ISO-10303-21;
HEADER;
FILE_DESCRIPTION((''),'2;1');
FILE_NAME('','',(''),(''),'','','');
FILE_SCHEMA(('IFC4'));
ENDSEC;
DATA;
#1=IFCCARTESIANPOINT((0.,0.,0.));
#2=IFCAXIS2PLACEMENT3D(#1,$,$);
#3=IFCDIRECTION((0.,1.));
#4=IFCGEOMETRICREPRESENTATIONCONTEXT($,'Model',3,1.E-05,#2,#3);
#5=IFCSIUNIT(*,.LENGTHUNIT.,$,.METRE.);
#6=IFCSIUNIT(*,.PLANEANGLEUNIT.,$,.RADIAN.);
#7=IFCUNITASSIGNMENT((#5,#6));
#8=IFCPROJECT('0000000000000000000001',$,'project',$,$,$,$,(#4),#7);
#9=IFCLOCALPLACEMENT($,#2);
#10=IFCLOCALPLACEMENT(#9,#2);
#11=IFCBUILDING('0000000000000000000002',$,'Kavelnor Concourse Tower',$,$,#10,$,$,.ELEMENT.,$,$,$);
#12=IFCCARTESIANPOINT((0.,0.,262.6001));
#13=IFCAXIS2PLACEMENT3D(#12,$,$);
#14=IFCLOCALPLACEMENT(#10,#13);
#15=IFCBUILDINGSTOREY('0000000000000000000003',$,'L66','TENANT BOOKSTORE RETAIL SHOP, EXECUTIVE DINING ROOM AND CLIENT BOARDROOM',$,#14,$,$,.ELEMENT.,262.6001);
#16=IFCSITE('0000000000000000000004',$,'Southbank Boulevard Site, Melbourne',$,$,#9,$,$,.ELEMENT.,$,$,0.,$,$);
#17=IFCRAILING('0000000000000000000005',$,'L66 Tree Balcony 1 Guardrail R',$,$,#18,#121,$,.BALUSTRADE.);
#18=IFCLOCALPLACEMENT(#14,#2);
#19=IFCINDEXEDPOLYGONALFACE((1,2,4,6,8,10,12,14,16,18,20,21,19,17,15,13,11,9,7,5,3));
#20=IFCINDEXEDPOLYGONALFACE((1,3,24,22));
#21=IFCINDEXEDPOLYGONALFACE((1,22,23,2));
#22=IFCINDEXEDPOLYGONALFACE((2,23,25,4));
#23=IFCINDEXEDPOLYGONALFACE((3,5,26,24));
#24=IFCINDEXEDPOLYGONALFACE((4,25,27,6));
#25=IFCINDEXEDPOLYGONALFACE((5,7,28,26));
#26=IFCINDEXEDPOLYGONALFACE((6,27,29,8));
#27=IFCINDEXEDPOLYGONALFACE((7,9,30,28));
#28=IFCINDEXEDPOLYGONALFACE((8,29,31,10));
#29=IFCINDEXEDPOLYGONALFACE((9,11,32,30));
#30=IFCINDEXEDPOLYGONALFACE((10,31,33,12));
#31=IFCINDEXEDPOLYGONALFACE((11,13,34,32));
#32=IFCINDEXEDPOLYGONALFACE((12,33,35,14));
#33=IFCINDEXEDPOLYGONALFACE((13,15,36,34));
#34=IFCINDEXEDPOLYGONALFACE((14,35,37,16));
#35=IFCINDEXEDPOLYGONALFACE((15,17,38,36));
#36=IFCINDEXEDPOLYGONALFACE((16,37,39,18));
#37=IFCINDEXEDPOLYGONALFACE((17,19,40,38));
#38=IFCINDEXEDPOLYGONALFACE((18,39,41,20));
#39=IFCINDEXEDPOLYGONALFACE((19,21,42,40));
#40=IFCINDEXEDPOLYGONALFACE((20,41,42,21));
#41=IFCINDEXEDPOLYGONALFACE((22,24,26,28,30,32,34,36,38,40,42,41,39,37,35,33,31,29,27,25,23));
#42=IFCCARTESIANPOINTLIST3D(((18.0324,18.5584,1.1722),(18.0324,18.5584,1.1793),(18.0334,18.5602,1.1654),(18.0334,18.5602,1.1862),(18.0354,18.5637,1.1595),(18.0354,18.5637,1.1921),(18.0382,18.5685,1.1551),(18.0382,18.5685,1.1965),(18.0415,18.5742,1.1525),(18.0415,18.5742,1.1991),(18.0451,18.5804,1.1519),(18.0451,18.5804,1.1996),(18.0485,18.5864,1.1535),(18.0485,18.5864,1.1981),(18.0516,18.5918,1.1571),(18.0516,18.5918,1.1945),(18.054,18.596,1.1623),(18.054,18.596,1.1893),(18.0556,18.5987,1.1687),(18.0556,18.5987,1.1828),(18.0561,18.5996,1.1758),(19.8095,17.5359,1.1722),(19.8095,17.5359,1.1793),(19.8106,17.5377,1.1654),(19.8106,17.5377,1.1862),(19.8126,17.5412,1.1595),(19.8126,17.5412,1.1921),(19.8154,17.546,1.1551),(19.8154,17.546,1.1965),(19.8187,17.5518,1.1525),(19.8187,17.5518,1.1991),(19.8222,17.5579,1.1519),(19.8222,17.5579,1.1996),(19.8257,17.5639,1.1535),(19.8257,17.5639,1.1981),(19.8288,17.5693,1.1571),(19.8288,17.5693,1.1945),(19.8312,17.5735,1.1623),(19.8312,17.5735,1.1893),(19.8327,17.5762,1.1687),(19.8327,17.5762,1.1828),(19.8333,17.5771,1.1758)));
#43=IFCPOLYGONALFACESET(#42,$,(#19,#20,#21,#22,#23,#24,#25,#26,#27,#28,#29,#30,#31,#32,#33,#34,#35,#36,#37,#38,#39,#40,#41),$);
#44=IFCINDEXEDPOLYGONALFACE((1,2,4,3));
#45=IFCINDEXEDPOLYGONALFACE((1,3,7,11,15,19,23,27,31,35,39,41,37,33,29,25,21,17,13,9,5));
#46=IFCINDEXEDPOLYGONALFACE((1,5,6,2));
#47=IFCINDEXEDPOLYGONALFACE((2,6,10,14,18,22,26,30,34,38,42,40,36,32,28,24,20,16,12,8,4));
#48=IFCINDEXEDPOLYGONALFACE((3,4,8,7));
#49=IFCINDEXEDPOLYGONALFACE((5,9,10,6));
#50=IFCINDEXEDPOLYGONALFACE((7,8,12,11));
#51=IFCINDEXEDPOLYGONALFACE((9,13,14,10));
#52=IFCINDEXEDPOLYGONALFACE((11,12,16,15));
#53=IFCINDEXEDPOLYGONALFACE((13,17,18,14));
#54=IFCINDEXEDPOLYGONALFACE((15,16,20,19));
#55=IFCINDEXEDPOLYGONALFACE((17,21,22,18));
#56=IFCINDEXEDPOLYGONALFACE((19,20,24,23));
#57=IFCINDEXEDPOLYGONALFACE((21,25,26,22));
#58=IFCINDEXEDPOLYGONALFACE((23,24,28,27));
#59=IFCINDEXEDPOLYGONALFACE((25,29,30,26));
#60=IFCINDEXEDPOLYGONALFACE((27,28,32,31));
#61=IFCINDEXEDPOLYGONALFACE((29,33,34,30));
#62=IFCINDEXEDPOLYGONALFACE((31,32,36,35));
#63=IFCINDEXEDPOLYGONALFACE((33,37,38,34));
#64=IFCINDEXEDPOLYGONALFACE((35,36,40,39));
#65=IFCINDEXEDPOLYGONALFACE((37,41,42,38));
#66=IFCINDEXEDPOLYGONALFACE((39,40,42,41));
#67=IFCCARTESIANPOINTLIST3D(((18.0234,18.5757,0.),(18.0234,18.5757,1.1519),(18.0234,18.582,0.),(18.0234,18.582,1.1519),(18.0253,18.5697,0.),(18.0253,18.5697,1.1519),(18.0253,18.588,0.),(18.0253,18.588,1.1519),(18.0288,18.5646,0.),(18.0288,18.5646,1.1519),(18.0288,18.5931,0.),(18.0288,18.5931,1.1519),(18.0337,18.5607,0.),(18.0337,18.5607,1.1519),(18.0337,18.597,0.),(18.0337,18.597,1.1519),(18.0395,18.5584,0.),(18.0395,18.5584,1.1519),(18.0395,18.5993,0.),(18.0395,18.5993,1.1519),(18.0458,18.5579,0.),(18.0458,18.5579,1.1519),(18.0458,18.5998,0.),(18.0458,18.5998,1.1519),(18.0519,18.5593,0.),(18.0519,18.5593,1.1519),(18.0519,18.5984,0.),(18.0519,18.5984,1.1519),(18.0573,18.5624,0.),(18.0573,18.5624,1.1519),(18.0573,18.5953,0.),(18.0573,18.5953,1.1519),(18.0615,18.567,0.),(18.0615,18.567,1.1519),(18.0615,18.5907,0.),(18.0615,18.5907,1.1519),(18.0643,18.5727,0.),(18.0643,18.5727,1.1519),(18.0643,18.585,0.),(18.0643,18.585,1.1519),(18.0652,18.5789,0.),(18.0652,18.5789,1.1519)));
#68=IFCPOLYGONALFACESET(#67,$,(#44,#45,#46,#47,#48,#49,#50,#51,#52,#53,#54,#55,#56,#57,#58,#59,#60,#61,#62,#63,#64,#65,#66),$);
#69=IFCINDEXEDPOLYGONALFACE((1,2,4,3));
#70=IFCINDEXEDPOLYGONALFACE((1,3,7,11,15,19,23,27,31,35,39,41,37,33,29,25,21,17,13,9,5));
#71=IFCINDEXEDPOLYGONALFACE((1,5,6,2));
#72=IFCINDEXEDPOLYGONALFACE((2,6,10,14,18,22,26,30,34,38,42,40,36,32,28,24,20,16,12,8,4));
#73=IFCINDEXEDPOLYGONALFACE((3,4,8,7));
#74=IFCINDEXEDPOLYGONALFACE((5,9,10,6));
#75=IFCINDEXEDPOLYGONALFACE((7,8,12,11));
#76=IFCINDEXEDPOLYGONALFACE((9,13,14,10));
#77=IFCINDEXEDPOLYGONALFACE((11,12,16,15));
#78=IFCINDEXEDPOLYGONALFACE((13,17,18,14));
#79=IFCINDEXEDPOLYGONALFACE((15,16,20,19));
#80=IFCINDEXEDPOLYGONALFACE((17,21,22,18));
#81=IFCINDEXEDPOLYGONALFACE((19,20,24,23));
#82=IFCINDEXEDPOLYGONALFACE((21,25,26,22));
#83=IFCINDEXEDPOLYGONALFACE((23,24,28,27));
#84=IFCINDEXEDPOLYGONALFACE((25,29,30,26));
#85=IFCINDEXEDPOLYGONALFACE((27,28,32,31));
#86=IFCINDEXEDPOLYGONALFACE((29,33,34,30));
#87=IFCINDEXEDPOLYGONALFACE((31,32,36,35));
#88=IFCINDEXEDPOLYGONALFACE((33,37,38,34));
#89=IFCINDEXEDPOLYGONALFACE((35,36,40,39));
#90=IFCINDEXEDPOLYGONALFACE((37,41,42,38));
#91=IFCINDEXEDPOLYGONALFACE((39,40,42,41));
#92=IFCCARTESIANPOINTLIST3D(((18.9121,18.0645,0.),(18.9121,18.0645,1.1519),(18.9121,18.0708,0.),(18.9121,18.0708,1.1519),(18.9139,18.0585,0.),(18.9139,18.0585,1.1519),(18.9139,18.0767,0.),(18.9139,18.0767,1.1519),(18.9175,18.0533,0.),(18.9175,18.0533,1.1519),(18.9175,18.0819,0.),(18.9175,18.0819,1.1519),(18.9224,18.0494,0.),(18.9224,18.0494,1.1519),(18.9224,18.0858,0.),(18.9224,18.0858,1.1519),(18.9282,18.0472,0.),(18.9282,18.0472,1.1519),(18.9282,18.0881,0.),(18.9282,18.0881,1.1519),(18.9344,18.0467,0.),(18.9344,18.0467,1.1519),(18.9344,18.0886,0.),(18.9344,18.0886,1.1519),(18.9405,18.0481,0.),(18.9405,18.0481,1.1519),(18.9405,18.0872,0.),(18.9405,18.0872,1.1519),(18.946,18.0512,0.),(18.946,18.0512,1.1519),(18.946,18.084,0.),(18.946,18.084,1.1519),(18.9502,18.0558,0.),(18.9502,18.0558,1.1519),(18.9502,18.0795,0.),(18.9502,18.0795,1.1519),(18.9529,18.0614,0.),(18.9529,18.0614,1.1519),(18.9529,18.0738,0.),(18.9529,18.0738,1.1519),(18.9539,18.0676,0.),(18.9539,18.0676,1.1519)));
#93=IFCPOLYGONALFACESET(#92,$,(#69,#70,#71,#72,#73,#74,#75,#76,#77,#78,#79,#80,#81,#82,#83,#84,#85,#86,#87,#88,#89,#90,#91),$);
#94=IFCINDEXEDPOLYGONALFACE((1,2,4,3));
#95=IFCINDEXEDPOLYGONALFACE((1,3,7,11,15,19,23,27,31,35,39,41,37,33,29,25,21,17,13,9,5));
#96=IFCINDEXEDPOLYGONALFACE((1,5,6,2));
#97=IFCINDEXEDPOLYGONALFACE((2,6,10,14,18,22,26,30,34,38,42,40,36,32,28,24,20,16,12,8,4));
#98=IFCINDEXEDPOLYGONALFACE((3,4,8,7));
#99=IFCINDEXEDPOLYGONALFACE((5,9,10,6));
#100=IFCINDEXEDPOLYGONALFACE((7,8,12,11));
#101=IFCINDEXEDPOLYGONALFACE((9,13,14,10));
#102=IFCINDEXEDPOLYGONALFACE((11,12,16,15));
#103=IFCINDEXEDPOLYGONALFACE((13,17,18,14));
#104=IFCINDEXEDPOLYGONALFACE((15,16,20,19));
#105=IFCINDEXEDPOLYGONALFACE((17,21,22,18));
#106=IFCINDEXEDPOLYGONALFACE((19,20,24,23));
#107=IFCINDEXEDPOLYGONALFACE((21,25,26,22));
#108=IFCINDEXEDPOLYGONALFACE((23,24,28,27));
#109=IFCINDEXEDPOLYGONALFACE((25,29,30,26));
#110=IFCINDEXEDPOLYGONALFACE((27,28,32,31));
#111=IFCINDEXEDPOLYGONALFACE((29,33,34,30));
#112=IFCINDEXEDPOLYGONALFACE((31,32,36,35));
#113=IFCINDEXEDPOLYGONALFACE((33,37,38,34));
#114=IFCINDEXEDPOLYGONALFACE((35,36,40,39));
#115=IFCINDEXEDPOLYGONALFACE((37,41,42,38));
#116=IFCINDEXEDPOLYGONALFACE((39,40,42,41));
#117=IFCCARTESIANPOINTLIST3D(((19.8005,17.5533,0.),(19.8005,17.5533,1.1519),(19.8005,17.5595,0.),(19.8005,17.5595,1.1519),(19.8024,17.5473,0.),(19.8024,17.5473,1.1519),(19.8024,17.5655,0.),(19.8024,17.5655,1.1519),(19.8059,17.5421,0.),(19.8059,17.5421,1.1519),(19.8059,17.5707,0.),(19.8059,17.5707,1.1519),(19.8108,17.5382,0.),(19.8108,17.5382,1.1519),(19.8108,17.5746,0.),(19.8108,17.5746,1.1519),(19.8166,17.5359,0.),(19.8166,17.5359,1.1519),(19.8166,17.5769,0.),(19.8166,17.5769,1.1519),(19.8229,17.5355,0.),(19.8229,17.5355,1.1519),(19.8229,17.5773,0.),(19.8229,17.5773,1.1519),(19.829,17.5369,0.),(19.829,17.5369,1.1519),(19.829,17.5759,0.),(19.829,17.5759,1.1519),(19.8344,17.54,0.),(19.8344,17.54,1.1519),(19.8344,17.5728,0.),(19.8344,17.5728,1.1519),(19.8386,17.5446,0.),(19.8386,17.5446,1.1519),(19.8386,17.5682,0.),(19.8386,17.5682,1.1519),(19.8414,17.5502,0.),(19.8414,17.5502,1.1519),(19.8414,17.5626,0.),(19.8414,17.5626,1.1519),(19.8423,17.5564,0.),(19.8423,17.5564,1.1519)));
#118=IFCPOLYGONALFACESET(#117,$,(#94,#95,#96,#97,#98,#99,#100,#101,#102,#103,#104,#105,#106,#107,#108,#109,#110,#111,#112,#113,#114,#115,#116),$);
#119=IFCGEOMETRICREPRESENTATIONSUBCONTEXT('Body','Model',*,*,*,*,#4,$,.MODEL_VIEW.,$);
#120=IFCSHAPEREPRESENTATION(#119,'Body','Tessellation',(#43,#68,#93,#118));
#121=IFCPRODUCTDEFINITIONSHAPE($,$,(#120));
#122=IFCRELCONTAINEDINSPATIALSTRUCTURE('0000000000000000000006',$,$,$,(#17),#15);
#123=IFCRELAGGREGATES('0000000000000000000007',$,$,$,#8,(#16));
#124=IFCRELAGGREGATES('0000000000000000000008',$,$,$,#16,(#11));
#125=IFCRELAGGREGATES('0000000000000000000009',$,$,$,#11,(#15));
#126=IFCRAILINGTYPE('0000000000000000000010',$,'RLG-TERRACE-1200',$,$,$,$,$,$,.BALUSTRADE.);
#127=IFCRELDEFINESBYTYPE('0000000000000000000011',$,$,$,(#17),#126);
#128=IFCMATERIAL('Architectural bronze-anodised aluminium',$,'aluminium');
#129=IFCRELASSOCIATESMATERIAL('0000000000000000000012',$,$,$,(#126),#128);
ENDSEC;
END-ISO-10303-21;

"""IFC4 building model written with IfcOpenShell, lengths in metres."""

from ifc_helpers import new_model, si_unit, direction, frame, origin, origin_2d, place, context, subcontext, project, spatial, circle, extrude, material, type_object, element, save


model = new_model("IFC4")

# Units and contexts
model_context = context("Model", 3, precision=1e-05, world=origin(), true_north=direction((0.0, 1.0)))
body_context = subcontext(model_context, "Body", "Model", "MODEL_VIEW")
ifc_project = project(units=[si_unit("LENGTHUNIT", "METRE"), si_unit("PLANEANGLEUNIT", "RADIAN")], contexts=[model_context])

# Site, building, storey
site_placement = place(None, origin())
site = spatial("IfcSite", under=ifc_project, at=site_placement, Name="Southbank Boulevard Site, Melbourne", CompositionType="ELEMENT", RefElevation=0.0)
building_placement = place(site_placement, origin())
building = spatial("IfcBuilding", under=site, at=building_placement, Name="Kavelnor Concourse Tower", CompositionType="ELEMENT")
storey_placement = place(building_placement, frame((0.0, 0.0, 262.6001)))
storey = spatial("IfcBuildingStorey", under=building, at=storey_placement, Name="L66", Description="TENANT BOOKSTORE RETAIL SHOP, EXECUTIVE DINING ROOM AND CLIENT BOARDROOM", CompositionType="ELEMENT", Elevation=262.6001)

# Railing
ifc_material_1 = material(Name="Architectural bronze-anodised aluminium", Category="aluminium")
railing_type_1 = type_object("IfcRailingType", Name="RLG-TERRACE-1200", PredefinedType="BALUSTRADE", material=ifc_material_1)
railing_1_placement = place(storey_placement, frame((18.0442, 18.5789, 0.0)))
element("IfcRailing", 1, at=railing_1_placement, inside=storey, type_object=railing_type_1, Name="L66 Tree Balcony 1 Guardrail R", PredefinedType="BALUSTRADE", context=body_context, shape_type="SweptSolid", body=[
    extrude(circle(Radius=0.0239, at=origin_2d()), frame((0.0, 0.0, 1.1758), z_axis=(0.866774, -0.498702, 0.0), x_axis=(0.498702, 0.866774, 0.0)), (0.0, 0.0, 1.0), 2.0503),
    extrude(circle(Radius=0.021, at=origin_2d()), origin(), (0.0, 0.0, 1.0), 1.1519),
    extrude(circle(Radius=0.021, at=origin_2d()), frame((0.8887, -0.5112, 0.0)), (0.0, 0.0, 1.0), 1.1519),
    extrude(circle(Radius=0.021, at=origin_2d()), frame((1.7771, -1.0225, 0.0)), (0.0, 0.0, 1.0), 1.1519),
])

save(model, "model.ifc")
